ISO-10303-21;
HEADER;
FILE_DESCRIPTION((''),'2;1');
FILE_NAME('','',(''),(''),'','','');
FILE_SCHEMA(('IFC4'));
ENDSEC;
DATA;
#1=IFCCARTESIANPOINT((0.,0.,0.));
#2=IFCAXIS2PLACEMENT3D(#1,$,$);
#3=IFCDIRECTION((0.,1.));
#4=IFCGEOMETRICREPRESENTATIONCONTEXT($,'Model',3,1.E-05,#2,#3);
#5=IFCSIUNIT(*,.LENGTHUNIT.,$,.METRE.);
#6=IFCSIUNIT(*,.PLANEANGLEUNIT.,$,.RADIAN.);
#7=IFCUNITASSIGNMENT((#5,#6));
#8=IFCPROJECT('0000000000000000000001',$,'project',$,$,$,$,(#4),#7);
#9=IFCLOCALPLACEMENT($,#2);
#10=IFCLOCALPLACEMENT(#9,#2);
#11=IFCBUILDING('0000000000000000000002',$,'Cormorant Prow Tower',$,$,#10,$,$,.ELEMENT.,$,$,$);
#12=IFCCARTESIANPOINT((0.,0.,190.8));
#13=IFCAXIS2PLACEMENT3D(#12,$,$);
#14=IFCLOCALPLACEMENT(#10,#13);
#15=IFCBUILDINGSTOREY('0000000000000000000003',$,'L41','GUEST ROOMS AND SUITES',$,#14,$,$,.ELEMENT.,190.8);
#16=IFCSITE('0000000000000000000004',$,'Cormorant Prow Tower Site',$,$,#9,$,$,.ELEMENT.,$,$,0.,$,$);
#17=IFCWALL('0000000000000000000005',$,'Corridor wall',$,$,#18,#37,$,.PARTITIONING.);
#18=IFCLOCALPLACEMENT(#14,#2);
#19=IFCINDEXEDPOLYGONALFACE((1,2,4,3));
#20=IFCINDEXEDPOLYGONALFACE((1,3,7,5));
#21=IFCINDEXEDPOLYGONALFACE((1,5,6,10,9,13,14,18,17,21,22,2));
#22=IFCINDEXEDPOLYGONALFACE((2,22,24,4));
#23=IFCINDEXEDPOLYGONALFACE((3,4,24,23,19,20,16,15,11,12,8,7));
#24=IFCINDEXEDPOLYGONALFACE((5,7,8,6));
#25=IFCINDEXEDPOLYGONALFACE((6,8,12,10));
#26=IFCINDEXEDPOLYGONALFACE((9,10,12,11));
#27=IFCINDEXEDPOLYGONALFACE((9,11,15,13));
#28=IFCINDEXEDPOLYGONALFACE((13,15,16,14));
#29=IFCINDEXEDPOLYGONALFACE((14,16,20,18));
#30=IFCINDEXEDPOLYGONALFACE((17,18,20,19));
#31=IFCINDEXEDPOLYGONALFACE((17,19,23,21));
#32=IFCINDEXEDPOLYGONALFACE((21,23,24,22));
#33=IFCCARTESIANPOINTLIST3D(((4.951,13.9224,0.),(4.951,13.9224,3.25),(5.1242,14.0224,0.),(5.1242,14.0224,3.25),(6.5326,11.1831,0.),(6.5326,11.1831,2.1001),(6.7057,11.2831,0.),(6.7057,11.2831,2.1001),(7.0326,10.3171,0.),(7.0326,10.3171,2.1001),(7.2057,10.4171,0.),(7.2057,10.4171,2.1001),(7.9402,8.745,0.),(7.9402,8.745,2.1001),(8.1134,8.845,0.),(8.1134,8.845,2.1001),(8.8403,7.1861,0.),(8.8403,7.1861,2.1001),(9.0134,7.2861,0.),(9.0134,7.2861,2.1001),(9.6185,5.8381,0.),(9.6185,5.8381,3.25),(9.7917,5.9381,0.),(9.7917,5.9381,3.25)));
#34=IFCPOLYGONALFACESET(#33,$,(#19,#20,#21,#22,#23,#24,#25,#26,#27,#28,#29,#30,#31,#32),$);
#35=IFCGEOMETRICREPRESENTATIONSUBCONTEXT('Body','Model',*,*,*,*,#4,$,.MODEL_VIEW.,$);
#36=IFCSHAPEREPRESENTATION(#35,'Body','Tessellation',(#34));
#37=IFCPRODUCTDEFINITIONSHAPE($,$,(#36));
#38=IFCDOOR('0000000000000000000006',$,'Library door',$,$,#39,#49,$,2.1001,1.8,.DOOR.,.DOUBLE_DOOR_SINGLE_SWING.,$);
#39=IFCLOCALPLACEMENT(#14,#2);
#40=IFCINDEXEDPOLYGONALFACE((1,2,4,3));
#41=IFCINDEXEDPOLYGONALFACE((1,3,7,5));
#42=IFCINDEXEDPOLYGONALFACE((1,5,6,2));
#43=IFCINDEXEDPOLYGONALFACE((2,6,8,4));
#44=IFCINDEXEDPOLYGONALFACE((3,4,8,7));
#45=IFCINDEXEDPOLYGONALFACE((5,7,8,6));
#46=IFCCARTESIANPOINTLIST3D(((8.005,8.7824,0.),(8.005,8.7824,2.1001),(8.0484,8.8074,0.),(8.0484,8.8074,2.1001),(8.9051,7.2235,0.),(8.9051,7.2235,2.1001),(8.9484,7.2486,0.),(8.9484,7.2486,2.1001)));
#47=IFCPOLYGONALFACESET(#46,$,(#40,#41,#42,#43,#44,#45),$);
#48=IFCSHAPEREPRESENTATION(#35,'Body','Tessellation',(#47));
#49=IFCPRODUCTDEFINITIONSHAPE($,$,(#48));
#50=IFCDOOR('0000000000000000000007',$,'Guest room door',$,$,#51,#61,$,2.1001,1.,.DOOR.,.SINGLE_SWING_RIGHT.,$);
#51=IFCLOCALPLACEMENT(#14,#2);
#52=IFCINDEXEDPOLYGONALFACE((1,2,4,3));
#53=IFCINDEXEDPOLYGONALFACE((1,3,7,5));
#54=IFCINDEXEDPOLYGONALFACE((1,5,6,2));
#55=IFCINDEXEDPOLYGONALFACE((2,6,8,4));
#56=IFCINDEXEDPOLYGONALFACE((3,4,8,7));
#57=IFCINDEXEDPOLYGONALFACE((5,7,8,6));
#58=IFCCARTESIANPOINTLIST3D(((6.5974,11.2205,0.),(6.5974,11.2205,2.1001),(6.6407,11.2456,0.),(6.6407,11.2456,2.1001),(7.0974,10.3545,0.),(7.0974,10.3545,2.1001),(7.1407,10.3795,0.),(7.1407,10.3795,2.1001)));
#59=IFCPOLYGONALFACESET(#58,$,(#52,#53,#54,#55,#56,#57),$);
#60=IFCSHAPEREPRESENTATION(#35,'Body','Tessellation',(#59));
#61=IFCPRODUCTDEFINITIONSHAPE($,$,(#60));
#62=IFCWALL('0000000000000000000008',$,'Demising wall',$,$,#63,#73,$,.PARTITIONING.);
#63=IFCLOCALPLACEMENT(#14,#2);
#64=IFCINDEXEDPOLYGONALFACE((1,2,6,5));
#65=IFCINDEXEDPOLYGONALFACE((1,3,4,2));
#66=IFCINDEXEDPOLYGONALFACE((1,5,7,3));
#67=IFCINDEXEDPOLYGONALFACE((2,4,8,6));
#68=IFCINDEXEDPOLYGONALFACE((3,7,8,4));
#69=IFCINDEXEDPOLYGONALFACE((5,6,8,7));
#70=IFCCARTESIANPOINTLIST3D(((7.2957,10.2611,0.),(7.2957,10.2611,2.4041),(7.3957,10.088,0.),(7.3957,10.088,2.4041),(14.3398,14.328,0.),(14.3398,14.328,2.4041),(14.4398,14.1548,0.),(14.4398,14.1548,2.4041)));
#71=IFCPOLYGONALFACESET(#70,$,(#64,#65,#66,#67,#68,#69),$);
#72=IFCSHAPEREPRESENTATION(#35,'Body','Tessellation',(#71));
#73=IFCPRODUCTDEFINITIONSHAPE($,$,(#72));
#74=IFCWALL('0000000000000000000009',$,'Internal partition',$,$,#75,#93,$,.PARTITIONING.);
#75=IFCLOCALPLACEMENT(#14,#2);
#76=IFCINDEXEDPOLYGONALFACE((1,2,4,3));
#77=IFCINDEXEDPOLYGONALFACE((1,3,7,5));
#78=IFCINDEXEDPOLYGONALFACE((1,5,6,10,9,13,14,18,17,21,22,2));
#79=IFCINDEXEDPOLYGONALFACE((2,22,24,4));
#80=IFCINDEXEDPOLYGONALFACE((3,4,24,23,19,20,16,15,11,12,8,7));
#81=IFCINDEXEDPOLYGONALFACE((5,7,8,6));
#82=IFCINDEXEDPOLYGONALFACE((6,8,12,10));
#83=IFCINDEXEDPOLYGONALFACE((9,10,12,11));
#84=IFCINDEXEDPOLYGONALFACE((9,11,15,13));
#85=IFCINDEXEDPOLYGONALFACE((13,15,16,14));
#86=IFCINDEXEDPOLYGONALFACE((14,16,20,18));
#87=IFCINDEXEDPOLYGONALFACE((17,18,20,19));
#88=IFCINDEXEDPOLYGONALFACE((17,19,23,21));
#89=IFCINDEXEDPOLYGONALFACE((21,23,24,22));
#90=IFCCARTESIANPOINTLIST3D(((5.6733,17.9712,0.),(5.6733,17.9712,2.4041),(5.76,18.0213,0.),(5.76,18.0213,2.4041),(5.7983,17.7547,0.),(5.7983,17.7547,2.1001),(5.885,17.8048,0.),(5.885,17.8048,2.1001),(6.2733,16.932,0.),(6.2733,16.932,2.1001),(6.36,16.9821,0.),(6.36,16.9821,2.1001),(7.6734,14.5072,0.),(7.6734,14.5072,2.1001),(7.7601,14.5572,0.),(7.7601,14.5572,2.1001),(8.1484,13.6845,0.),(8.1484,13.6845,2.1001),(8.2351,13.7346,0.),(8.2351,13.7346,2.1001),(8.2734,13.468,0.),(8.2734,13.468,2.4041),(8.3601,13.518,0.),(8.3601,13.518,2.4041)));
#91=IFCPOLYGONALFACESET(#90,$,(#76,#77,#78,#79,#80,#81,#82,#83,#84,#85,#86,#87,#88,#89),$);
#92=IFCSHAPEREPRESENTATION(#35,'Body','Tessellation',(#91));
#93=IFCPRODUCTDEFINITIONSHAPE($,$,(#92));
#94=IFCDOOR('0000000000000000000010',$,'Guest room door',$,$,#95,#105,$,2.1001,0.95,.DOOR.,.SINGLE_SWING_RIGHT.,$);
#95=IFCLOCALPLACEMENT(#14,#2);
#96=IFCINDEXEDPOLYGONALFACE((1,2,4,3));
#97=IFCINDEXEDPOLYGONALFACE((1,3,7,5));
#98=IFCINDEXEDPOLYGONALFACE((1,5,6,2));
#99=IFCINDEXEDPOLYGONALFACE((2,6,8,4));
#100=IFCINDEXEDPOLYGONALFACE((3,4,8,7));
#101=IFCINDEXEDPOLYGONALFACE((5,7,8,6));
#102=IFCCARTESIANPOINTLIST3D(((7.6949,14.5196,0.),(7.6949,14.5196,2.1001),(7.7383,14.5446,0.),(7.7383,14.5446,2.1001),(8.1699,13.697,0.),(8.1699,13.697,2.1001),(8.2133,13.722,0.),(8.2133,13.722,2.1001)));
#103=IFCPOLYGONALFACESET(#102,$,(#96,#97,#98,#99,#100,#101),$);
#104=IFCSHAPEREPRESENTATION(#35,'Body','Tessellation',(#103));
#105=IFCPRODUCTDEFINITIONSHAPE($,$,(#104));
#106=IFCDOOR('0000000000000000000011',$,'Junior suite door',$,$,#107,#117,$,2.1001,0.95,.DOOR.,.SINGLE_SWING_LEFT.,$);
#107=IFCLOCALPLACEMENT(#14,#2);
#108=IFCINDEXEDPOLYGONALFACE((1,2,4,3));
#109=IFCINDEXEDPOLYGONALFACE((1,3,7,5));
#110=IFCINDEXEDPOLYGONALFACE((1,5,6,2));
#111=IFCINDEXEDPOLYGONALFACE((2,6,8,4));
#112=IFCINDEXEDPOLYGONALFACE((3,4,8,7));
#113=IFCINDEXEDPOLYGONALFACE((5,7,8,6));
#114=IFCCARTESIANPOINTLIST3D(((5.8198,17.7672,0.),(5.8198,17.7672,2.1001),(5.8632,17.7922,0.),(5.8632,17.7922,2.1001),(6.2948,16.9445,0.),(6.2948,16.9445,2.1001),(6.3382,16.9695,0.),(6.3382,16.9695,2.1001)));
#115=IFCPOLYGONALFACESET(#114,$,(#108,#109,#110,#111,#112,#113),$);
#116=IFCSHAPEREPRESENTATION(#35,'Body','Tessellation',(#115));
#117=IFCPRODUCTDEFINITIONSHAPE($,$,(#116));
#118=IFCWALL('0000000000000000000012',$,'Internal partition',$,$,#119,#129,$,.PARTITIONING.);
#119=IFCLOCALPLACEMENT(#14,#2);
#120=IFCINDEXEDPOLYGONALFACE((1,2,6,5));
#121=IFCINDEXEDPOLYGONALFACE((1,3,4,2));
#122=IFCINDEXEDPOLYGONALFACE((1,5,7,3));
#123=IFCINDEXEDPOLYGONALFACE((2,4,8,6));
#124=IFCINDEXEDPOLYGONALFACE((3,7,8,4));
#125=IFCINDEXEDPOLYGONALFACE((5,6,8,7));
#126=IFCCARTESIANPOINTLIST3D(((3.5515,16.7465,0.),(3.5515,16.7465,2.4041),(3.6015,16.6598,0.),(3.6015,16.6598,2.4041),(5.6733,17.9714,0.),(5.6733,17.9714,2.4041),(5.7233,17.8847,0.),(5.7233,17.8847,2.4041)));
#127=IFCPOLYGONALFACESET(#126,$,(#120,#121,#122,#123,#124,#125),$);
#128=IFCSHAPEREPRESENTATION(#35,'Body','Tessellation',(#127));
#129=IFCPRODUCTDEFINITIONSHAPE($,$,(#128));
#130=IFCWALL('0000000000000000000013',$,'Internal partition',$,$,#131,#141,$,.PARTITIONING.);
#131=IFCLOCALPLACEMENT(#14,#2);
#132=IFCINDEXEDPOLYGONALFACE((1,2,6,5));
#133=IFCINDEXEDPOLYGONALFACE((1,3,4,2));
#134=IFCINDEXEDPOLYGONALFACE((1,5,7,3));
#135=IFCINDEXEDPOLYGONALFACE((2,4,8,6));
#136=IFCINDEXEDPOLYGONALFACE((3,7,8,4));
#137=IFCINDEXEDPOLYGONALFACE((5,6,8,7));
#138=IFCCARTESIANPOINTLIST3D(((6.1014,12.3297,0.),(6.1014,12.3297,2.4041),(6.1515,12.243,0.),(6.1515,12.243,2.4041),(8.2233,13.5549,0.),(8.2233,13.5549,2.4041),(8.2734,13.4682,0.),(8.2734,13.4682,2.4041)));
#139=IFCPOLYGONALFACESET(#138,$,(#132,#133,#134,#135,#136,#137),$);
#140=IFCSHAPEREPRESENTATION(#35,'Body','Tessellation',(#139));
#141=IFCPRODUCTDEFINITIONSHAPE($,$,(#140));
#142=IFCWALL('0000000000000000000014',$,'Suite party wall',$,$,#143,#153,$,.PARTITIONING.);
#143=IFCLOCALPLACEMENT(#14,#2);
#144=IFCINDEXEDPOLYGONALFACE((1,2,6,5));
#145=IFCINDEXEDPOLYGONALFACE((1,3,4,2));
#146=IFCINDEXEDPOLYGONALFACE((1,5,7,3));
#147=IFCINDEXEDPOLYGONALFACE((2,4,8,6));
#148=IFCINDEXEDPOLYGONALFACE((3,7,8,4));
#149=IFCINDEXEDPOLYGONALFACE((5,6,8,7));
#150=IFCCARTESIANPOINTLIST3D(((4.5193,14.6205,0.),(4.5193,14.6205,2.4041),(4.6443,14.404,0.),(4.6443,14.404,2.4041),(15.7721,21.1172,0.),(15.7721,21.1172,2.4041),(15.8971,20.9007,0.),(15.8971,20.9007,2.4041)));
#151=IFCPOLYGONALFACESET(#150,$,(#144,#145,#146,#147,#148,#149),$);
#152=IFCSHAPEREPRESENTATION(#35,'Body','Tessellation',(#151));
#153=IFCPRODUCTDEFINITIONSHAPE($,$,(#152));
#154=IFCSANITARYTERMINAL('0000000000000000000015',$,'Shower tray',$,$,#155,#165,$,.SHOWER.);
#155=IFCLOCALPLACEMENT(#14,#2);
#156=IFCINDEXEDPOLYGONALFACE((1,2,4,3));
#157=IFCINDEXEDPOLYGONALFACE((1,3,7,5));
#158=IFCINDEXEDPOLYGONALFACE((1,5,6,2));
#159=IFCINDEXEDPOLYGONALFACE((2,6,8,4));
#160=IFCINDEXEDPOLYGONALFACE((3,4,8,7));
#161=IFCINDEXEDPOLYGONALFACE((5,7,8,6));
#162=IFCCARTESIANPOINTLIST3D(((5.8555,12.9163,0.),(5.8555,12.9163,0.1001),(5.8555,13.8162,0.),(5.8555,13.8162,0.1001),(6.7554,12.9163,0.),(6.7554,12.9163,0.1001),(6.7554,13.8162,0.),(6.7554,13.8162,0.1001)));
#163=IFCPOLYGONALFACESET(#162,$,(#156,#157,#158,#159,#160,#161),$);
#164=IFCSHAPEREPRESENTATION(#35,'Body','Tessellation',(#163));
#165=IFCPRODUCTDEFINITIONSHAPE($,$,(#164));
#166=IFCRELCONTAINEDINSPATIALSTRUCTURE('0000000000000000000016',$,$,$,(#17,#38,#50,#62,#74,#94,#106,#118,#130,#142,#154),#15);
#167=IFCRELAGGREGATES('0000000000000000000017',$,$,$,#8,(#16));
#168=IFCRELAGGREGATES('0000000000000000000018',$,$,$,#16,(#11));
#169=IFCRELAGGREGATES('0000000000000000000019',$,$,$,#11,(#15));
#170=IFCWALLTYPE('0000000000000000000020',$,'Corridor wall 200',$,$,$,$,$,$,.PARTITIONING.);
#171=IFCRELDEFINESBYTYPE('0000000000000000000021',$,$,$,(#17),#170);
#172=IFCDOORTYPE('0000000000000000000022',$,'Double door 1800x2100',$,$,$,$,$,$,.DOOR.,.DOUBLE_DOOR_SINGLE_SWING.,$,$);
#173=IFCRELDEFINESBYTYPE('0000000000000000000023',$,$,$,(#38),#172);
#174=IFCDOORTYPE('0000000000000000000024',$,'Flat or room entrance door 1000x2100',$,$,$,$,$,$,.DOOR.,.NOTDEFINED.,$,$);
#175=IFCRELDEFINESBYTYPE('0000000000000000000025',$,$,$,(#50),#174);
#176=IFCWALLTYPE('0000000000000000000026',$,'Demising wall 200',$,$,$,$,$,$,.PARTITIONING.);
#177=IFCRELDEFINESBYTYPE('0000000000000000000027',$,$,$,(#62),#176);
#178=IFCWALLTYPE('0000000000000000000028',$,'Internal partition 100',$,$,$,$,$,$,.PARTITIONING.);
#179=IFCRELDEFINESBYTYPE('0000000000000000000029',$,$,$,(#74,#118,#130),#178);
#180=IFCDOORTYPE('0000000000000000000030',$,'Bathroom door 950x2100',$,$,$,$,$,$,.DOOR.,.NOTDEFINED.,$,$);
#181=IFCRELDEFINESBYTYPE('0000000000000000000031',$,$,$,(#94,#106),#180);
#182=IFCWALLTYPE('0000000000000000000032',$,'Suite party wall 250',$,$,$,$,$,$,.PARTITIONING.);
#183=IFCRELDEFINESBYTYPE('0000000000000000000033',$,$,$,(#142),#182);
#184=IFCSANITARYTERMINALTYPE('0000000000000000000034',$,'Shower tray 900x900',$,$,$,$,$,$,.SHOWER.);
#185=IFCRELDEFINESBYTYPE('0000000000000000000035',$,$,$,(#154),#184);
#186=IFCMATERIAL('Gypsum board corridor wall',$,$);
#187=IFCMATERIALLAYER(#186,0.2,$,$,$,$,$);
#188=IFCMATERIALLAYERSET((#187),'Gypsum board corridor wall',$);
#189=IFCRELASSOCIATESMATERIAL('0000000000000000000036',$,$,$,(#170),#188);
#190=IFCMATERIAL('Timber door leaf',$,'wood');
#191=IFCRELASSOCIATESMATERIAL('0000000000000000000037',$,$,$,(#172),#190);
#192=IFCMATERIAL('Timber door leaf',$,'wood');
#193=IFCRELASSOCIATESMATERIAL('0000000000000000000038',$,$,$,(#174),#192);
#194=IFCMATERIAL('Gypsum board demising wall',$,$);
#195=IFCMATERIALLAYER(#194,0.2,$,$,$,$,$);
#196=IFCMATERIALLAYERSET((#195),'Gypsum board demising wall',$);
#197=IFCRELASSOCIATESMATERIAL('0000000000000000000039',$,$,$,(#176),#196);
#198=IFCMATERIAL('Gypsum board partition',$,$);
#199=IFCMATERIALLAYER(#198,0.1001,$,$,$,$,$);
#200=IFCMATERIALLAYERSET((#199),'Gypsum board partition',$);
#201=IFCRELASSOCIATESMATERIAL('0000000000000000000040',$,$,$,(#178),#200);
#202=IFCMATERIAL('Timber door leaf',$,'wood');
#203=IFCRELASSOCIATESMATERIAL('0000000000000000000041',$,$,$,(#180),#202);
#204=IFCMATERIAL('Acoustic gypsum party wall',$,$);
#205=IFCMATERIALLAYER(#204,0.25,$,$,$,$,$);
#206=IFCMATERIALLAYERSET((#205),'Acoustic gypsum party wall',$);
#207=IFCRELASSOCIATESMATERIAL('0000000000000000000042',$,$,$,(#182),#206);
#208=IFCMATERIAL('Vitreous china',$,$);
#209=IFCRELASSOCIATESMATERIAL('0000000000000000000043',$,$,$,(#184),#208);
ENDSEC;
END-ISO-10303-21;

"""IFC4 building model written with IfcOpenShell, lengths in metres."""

from ifc_helpers import new_model, si_unit, direction, frame, frame_2d, origin, origin_2d, place, context, subcontext, project, spatial, rectangle, extrude, material, layer, layer_set, type_object, element, fill, save


model = new_model("IFC4")

# Units and contexts
model_context = context("Model", 3, precision=1e-05, world=origin(), true_north=direction((0.0, 1.0)))
body_context = subcontext(model_context, "Body", "Model", "MODEL_VIEW")
ifc_project = project(units=[si_unit("LENGTHUNIT", "METRE"), si_unit("PLANEANGLEUNIT", "RADIAN")], contexts=[model_context])

# Site, building, storey
site_placement = place(None, origin())
site = spatial("IfcSite", under=ifc_project, at=site_placement, Name="Cormorant Prow Tower Site", CompositionType="ELEMENT", RefElevation=0.0)
building_placement = place(site_placement, origin())
building = spatial("IfcBuilding", under=site, at=building_placement, Name="Cormorant Prow Tower", CompositionType="ELEMENT")
storey_placement = place(building_placement, frame((0.0, 0.0, 190.8)))
storey = spatial("IfcBuildingStorey", under=building, at=storey_placement, Name="L41", Description="GUEST ROOMS AND SUITES", CompositionType="ELEMENT", Elevation=190.8)

# Wall, openings, doors
ifc_material_1 = material(Name="Gypsum board corridor wall")
ifc_layer_1 = layer(ifc_material_1, 0.2)
ifc_layer_set_1 = layer_set([ifc_layer_1], Name="Gypsum board corridor wall")
wall_type_1 = type_object("IfcWallType", Name="Corridor wall 200", PredefinedType="PARTITIONING", material=ifc_layer_set_1)
wall_1_placement = place(storey_placement, frame((5.0376, 13.9724, 0.0), z_axis=(0.0, 0.0, 1.0), x_axis=(0.500004, -0.866023, 0.0)))
wall_1 = element("IfcWall", 1, at=wall_1_placement, inside=storey, type_object=wall_type_1, Name="Corridor wall", PredefinedType="PARTITIONING", context=body_context, shape_type="SweptSolid", body=[
    extrude(rectangle(XDim=9.335, YDim=0.2, at=frame_2d((4.6675, 0.0))), origin(), (0.0, 0.0, 1.0), 3.25),
])
opening_1_placement = place(wall_1_placement, frame((5.9785, 0.0, 0.0)))
opening_1 = element("IfcOpeningElement", 2, at=opening_1_placement, cuts=wall_1, PredefinedType="OPENING", context=body_context, shape_type="SweptSolid", body=[
    extrude(rectangle(XDim=1.8, YDim=2.1001, at=frame_2d((0.8999, 1.05))), frame((0.0, 0.1099, 0.0), z_axis=(0.0, -1.0, 0.0), x_axis=(1.0, 0.0, 0.0)), (0.0, 0.0, 1.0), 0.22),
])
opening_2_placement = place(wall_1_placement, frame((3.1631, 0.0, 0.0)))
opening_2 = element("IfcOpeningElement", 3, at=opening_2_placement, cuts=wall_1, PredefinedType="OPENING", context=body_context, shape_type="SweptSolid", body=[
    extrude(rectangle(XDim=1.0, YDim=2.1001, at=frame_2d((0.5, 1.05))), frame((0.0, 0.1099, 0.0), z_axis=(0.0, -1.0, 0.0), x_axis=(1.0, 0.0, 0.0)), (0.0, 0.0, 1.0), 0.22),
])
ifc_material_2 = material(Name="Timber door leaf", Category="wood")
door_type_1 = type_object("IfcDoorType", Name="Double door 1800x2100", OperationType="DOUBLE_DOOR_SINGLE_SWING", PredefinedType="DOOR", material=ifc_material_2)
door_1_placement = place(opening_1_placement, origin())
door_1 = element("IfcDoor", 4, at=door_1_placement, inside=storey, type_object=door_type_1, Name="Library door", OperationType="DOUBLE_DOOR_SINGLE_SWING", OverallHeight=2.1001, OverallWidth=1.8, PredefinedType="DOOR", context=body_context, shape_type="SweptSolid", body=[
    extrude(rectangle(XDim=1.8, YDim=2.1001, at=frame_2d((0.8999, 1.05))), frame((0.0, 0.0249, 0.0), z_axis=(0.0, -1.0, 0.0), x_axis=(1.0, 0.0, 0.0)), (0.0, 0.0, 1.0), 0.05),
])
fill(opening_1, door_1)
ifc_material_3 = material(Name="Timber door leaf", Category="wood")
door_type_2 = type_object("IfcDoorType", Name="Flat or room entrance door 1000x2100", OperationType="NOTDEFINED", PredefinedType="DOOR", material=ifc_material_3)
door_2_placement = place(opening_2_placement, origin())
door_2 = element("IfcDoor", 5, at=door_2_placement, inside=storey, type_object=door_type_2, Name="Guest room door", OperationType="SINGLE_SWING_RIGHT", OverallHeight=2.1001, OverallWidth=1.0, PredefinedType="DOOR", context=body_context, shape_type="SweptSolid", body=[
    extrude(rectangle(XDim=1.0, YDim=2.1001, at=frame_2d((0.5, 1.05))), frame((0.0, 0.0249, 0.0), z_axis=(0.0, -1.0, 0.0), x_axis=(1.0, 0.0, 0.0)), (0.0, 0.0, 1.0), 0.05),
])
fill(opening_2, door_2)

# Wall
ifc_material_4 = material(Name="Gypsum board demising wall")
ifc_layer_2 = layer(ifc_material_4, 0.2)
ifc_layer_set_2 = layer_set([ifc_layer_2], Name="Gypsum board demising wall")
wall_type_2 = type_object("IfcWallType", Name="Demising wall 200", PredefinedType="PARTITIONING", material=ifc_layer_set_2)
wall_2_placement = place(storey_placement, frame((7.3457, 10.1746, 0.0), z_axis=(0.0, 0.0, 1.0), x_axis=(0.866029, 0.499994, 0.0)))
element("IfcWall", 6, at=wall_2_placement, inside=storey, type_object=wall_type_2, Name="Demising wall", PredefinedType="PARTITIONING", context=body_context, shape_type="SweptSolid", body=[
    extrude(rectangle(XDim=8.1338, YDim=0.2, at=frame_2d((4.0669, 0.0))), origin(), (0.0, 0.0, 1.0), 2.4041),
])

# Wall, openings, doors
ifc_material_5 = material(Name="Gypsum board partition")
ifc_layer_3 = layer(ifc_material_5, 0.1001)
ifc_layer_set_3 = layer_set([ifc_layer_3], Name="Gypsum board partition")
wall_type_3 = type_object("IfcWallType", Name="Internal partition 100", PredefinedType="PARTITIONING", material=ifc_layer_set_3)
wall_3_placement = place(storey_placement, frame((5.7166, 17.9963, 0.0), z_axis=(0.0, 0.0, 1.0), x_axis=(0.500027, -0.86601, 0.0)))
wall_3 = element("IfcWall", 7, at=wall_3_placement, inside=storey, type_object=wall_type_3, Name="Internal partition", PredefinedType="PARTITIONING", context=body_context, shape_type="SweptSolid", body=[
    extrude(rectangle(XDim=5.2, YDim=0.1001, at=frame_2d((2.6001, 0.0))), origin(), (0.0, 0.0, 1.0), 2.4041),
])
opening_3_placement = place(wall_3_placement, frame((4.0, 0.0, 0.0)))
opening_3 = element("IfcOpeningElement", 8, at=opening_3_placement, cuts=wall_3, PredefinedType="OPENING", context=body_context, shape_type="SweptSolid", body=[
    extrude(rectangle(XDim=0.95, YDim=2.1001, at=frame_2d((0.4751, 1.05))), frame((0.0, 0.0601, 0.0), z_axis=(0.0, -1.0, 0.0), x_axis=(1.0, 0.0, 0.0)), (0.0, 0.0, 1.0), 0.1201),
])
opening_4_placement = place(wall_3_placement, frame((0.25, 0.0, 0.0)))
opening_4 = element("IfcOpeningElement", 9, at=opening_4_placement, cuts=wall_3, PredefinedType="OPENING", context=body_context, shape_type="SweptSolid", body=[
    extrude(rectangle(XDim=0.95, YDim=2.1001, at=frame_2d((0.4751, 1.05))), frame((0.0, 0.0601, 0.0), z_axis=(0.0, -1.0, 0.0), x_axis=(1.0, 0.0, 0.0)), (0.0, 0.0, 1.0), 0.1201),
])
ifc_material_6 = material(Name="Timber door leaf", Category="wood")
door_type_3 = type_object("IfcDoorType", Name="Bathroom door 950x2100", OperationType="NOTDEFINED", PredefinedType="DOOR", material=ifc_material_6)
door_3_placement = place(opening_3_placement, origin())
door_3 = element("IfcDoor", 10, at=door_3_placement, inside=storey, type_object=door_type_3, Name="Guest room door", OperationType="SINGLE_SWING_RIGHT", OverallHeight=2.1001, OverallWidth=0.95, PredefinedType="DOOR", context=body_context, shape_type="SweptSolid", body=[
    extrude(rectangle(XDim=0.95, YDim=2.1001, at=frame_2d((0.4751, 1.05))), frame((0.0, 0.0249, 0.0), z_axis=(0.0, -1.0, 0.0), x_axis=(1.0, 0.0, 0.0)), (0.0, 0.0, 1.0), 0.05),
])
fill(opening_3, door_3)
door_4_placement = place(opening_4_placement, origin())
door_4 = element("IfcDoor", 11, at=door_4_placement, inside=storey, type_object=door_type_3, Name="Junior suite door", OperationType="SINGLE_SWING_LEFT", OverallHeight=2.1001, OverallWidth=0.95, PredefinedType="DOOR", context=body_context, shape_type="SweptSolid", body=[
    extrude(rectangle(XDim=0.95, YDim=2.1001, at=frame_2d((0.4751, 1.05))), frame((0.0, 0.0249, 0.0), z_axis=(0.0, -1.0, 0.0), x_axis=(1.0, 0.0, 0.0)), (0.0, 0.0, 1.0), 0.05),
])
fill(opening_4, door_4)

# Walls
wall_4_placement = place(storey_placement, frame((3.5764, 16.7031, 0.0), z_axis=(0.0, 0.0, 1.0), x_axis=(0.866058, 0.499944, 0.0)))
element("IfcWall", 12, at=wall_4_placement, inside=storey, type_object=wall_type_3, Name="Internal partition", PredefinedType="PARTITIONING", context=body_context, shape_type="SweptSolid", body=[
    extrude(rectangle(XDim=2.45, YDim=0.1001, at=frame_2d((1.2251, 0.0))), origin(), (0.0, 0.0, 1.0), 2.4041),
])
wall_5_placement = place(storey_placement, frame((6.1265, 12.2864, 0.0), z_axis=(0.0, 0.0, 1.0), x_axis=(0.866015, 0.500019, 0.0)))
element("IfcWall", 13, at=wall_5_placement, inside=storey, type_object=wall_type_3, Name="Internal partition", PredefinedType="PARTITIONING", context=body_context, shape_type="SweptSolid", body=[
    extrude(rectangle(XDim=2.4502, YDim=0.1001, at=frame_2d((1.2251, 0.0))), origin(), (0.0, 0.0, 1.0), 2.4041),
])
ifc_material_7 = material(Name="Acoustic gypsum party wall")
ifc_layer_4 = layer(ifc_material_7, 0.25)
ifc_layer_set_4 = layer_set([ifc_layer_4], Name="Acoustic gypsum party wall")
wall_type_4 = type_object("IfcWallType", Name="Suite party wall 250", PredefinedType="PARTITIONING", material=ifc_layer_set_4)
wall_6_placement = place(storey_placement, frame((4.5818, 14.5122, 0.0), z_axis=(0.0, 0.0, 1.0), x_axis=(0.866027, 0.499997, 0.0)))
element("IfcWall", 14, at=wall_6_placement, inside=storey, type_object=wall_type_4, Name="Suite party wall", PredefinedType="PARTITIONING", context=body_context, shape_type="SweptSolid", body=[
    extrude(rectangle(XDim=12.9937, YDim=0.25, at=frame_2d((6.4968, 0.0))), origin(), (0.0, 0.0, 1.0), 2.4041),
])

# Sanitary terminal
ifc_material_8 = material(Name="Vitreous china")
sanitary_terminal_type_1 = type_object("IfcSanitaryTerminalType", Name="Shower tray 900x900", PredefinedType="SHOWER", material=ifc_material_8)
for number, where, z_axis, x_axis, name in (
    (15, (6.3054, 13.3662, 0.0), (0.0, 0.0, 1.0), (1.0, 0.0, 0.0), "Shower tray"),
):
    element("IfcSanitaryTerminal", number, at=place(storey_placement, frame(where, z_axis=z_axis, x_axis=x_axis)), inside=storey, type_object=sanitary_terminal_type_1, Name=name, PredefinedType="SHOWER", context=body_context, shape_type="SweptSolid", body=[
        extrude(rectangle(XDim=0.8999, YDim=0.8999, at=origin_2d()), origin(), (0.0, 0.0, 1.0), 0.1001),
    ])

save(model, "model.ifc")
